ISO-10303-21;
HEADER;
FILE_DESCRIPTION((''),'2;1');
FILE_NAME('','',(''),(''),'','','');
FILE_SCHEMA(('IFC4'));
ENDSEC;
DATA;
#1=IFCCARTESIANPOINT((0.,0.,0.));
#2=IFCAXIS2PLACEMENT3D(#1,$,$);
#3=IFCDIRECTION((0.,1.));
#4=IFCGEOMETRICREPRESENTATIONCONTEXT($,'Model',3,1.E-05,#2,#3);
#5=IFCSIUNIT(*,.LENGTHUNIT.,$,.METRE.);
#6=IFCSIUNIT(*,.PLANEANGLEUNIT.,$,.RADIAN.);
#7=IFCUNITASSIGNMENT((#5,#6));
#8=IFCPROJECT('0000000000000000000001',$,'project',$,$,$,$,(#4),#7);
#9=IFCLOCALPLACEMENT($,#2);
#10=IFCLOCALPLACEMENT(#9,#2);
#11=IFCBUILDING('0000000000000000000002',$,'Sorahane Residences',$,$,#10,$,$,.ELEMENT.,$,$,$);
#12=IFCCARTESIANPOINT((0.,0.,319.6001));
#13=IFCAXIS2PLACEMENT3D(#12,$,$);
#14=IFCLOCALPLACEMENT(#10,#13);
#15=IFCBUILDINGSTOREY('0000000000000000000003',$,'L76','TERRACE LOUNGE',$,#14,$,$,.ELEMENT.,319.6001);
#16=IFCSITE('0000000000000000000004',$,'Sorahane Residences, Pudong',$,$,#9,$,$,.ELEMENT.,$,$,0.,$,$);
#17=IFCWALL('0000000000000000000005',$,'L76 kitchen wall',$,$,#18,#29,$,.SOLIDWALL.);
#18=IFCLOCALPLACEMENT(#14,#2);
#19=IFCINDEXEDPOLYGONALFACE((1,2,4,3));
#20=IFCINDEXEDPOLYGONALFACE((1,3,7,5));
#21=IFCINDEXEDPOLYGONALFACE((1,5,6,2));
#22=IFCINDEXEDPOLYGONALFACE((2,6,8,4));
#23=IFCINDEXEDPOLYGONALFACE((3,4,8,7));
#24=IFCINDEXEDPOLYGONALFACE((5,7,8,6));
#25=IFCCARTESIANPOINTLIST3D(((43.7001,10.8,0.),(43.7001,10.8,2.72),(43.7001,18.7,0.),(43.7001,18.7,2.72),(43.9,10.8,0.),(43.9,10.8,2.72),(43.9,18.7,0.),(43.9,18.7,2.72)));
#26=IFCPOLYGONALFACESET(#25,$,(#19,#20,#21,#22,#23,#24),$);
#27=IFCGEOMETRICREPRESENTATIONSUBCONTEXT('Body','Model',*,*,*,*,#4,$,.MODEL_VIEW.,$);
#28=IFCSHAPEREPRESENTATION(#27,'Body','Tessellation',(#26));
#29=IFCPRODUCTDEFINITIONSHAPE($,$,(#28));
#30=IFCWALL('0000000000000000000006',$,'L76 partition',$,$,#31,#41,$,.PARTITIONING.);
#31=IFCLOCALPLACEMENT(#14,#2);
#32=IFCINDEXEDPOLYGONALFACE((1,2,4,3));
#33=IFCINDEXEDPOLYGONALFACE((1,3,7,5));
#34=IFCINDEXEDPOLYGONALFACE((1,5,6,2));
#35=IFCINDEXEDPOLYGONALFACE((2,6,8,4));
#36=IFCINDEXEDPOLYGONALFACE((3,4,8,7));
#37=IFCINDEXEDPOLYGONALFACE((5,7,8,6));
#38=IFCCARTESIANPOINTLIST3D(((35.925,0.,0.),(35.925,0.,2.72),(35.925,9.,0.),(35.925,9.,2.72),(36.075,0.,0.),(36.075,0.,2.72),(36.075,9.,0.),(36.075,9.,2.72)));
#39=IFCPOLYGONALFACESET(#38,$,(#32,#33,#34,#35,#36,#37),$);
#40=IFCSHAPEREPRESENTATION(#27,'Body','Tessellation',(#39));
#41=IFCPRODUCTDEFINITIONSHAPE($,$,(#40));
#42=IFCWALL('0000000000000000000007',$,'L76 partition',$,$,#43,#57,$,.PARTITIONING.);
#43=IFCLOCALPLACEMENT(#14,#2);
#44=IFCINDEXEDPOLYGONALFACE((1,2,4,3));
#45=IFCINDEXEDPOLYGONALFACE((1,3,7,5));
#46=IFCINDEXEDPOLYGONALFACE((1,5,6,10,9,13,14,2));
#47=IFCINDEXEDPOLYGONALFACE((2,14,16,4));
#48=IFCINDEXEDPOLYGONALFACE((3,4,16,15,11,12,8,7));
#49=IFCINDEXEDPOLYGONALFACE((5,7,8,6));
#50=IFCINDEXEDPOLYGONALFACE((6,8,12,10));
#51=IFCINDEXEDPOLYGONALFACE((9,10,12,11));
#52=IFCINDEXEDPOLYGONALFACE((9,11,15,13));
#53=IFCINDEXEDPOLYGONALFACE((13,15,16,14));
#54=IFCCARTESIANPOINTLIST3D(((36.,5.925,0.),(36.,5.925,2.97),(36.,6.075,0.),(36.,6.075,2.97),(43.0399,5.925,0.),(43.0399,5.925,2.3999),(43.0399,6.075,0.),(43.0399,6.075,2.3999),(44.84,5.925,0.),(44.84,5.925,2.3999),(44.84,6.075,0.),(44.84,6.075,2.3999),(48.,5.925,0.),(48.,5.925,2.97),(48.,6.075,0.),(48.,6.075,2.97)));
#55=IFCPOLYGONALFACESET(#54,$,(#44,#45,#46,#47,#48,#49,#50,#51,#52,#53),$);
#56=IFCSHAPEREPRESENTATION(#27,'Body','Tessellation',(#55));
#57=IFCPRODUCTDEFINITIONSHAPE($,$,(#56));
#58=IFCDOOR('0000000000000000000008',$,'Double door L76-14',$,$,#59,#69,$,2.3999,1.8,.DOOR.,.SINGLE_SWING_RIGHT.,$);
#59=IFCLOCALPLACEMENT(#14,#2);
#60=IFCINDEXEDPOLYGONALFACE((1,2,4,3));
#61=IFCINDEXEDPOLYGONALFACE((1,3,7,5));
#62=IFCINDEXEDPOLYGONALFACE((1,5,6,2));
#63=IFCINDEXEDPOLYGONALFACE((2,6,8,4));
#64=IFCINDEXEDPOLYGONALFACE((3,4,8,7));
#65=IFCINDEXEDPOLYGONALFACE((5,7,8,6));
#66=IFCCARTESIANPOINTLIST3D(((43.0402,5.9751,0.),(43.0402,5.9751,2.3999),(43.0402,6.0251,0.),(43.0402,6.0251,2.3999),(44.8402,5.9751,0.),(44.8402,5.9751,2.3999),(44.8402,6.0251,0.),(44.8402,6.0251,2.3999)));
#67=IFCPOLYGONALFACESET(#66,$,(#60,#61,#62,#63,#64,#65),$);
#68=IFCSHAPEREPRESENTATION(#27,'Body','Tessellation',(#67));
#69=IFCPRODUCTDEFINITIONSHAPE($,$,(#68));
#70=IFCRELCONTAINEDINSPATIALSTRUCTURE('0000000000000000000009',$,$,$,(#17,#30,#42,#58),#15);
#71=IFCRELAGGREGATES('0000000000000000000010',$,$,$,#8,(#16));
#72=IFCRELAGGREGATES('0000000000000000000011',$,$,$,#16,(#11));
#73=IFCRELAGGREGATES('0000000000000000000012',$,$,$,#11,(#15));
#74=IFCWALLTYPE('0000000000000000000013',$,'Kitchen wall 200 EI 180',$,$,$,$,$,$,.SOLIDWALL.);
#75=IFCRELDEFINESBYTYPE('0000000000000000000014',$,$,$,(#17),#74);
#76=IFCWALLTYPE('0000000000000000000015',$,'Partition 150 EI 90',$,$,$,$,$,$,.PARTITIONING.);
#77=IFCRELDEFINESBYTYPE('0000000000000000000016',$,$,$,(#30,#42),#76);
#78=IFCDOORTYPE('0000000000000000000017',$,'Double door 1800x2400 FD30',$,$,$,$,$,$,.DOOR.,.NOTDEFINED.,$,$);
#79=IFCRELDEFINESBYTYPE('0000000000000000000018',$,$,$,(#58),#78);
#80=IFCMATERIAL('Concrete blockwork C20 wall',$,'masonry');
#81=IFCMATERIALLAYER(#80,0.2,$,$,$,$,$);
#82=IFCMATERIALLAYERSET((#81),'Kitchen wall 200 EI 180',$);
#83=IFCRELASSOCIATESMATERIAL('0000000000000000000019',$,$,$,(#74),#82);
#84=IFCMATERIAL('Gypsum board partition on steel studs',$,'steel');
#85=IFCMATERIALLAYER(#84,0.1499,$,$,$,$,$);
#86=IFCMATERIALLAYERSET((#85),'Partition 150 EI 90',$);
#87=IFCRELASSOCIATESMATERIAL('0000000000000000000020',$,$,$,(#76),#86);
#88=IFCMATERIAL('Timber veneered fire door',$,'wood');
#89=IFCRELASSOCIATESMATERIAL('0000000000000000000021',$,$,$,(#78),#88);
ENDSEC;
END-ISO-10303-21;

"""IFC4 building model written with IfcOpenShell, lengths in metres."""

from ifc_helpers import new_model, si_unit, direction, frame, frame_2d, origin, place, context, subcontext, project, spatial, rectangle, extrude, material, layer, layer_set, type_object, element, fill, save


model = new_model("IFC4")

# Units and contexts
model_context = context("Model", 3, precision=1e-05, world=origin(), true_north=direction((0.0, 1.0)))
body_context = subcontext(model_context, "Body", "Model", "MODEL_VIEW")
ifc_project = project(units=[si_unit("LENGTHUNIT", "METRE"), si_unit("PLANEANGLEUNIT", "RADIAN")], contexts=[model_context])

# Site, building, storey
site_placement = place(None, origin())
site = spatial("IfcSite", under=ifc_project, at=site_placement, Name="Sorahane Residences, Pudong", CompositionType="ELEMENT", RefElevation=0.0)
building_placement = place(site_placement, origin())
building = spatial("IfcBuilding", under=site, at=building_placement, Name="Sorahane Residences", CompositionType="ELEMENT")
storey_placement = place(building_placement, frame((0.0, 0.0, 319.6001)))
storey = spatial("IfcBuildingStorey", under=building, at=storey_placement, Name="L76", Description="TERRACE LOUNGE", CompositionType="ELEMENT", Elevation=319.6001)

# Wall
ifc_material_1 = material(Name="Concrete blockwork C20 wall", Category="masonry")
ifc_layer_1 = layer(ifc_material_1, 0.2)
ifc_layer_set_1 = layer_set([ifc_layer_1], Name="Kitchen wall 200 EI 180")
wall_type_1 = type_object("IfcWallType", Name="Kitchen wall 200 EI 180", PredefinedType="SOLIDWALL", material=ifc_layer_set_1)
wall_1_placement = place(storey_placement, frame((43.8, 10.8, 0.0), z_axis=(0.0, 0.0, 1.0), x_axis=(0.0, 1.0, 0.0)))
element("IfcWall", 1, at=wall_1_placement, inside=storey, type_object=wall_type_1, Name="L76 kitchen wall", PredefinedType="SOLIDWALL", context=body_context, shape_type="SweptSolid", body=[
    extrude(rectangle(XDim=7.8999, YDim=0.2, at=frame_2d((3.95, 0.0))), origin(), (0.0, 0.0, 1.0), 2.72),
])

# Wall
ifc_material_2 = material(Name="Gypsum board partition on steel studs", Category="steel")
ifc_layer_2 = layer(ifc_material_2, 0.1499)
ifc_layer_set_2 = layer_set([ifc_layer_2], Name="Partition 150 EI 90")
wall_type_2 = type_object("IfcWallType", Name="Partition 150 EI 90", PredefinedType="PARTITIONING", material=ifc_layer_set_2)
wall_2_placement = place(storey_placement, frame((36.0, 0.0, 0.0), z_axis=(0.0, 0.0, 1.0), x_axis=(0.0, 1.0, 0.0)))
element("IfcWall", 2, at=wall_2_placement, inside=storey, type_object=wall_type_2, Name="L76 partition", PredefinedType="PARTITIONING", context=body_context, shape_type="SweptSolid", body=[
    extrude(rectangle(XDim=9.0, YDim=0.1499, at=frame_2d((4.5, 0.0))), origin(), (0.0, 0.0, 1.0), 2.72),
])

# Wall, opening, door
wall_3_placement = place(storey_placement, frame((36.0, 6.0, 0.0), z_axis=(0.0, 0.0, 1.0), x_axis=(1.0, 0.0, 0.0)))
wall_3 = element("IfcWall", 3, at=wall_3_placement, inside=storey, type_object=wall_type_2, Name="L76 partition", PredefinedType="PARTITIONING", context=body_context, shape_type="SweptSolid", body=[
    extrude(rectangle(XDim=12.0, YDim=0.1499, at=frame_2d((6.0, 0.0))), origin(), (0.0, 0.0, 1.0), 2.97),
])
opening_1_placement = place(wall_3_placement, frame((7.04, 0.0, 0.0)))
opening_1 = element("IfcOpeningElement", 4, at=opening_1_placement, cuts=wall_3, PredefinedType="OPENING", context=body_context, shape_type="SweptSolid", body=[
    extrude(rectangle(XDim=1.8, YDim=2.3999, at=frame_2d((0.8999, 1.2))), frame((0.0, 0.085, 0.0), z_axis=(0.0, -1.0, 0.0), x_axis=(1.0, 0.0, 0.0)), (0.0, 0.0, 1.0), 0.1699),
])
ifc_material_3 = material(Name="Timber veneered fire door", Category="wood")
door_type_1 = type_object("IfcDoorType", Name="Double door 1800x2400 FD30", OperationType="NOTDEFINED", PredefinedType="DOOR", material=ifc_material_3)
door_1_placement = place(opening_1_placement, frame((1.8, 0.0, 0.0), z_axis=(0.0, 0.0, 1.0), x_axis=(-1.0, 0.0, 0.0)))
door_1 = element("IfcDoor", 5, at=door_1_placement, inside=storey, type_object=door_type_1, Name="Double door L76-14", OperationType="SINGLE_SWING_RIGHT", OverallHeight=2.3999, OverallWidth=1.8, PredefinedType="DOOR", context=body_context, shape_type="SweptSolid", body=[
    extrude(rectangle(XDim=1.8, YDim=2.3999, at=frame_2d((0.8999, 1.2))), frame((0.0, 0.0249, 0.0), z_axis=(0.0, -1.0, 0.0), x_axis=(1.0, 0.0, 0.0)), (0.0, 0.0, 1.0), 0.05),
])
fill(opening_1, door_1)

save(model, "model.ifc")
